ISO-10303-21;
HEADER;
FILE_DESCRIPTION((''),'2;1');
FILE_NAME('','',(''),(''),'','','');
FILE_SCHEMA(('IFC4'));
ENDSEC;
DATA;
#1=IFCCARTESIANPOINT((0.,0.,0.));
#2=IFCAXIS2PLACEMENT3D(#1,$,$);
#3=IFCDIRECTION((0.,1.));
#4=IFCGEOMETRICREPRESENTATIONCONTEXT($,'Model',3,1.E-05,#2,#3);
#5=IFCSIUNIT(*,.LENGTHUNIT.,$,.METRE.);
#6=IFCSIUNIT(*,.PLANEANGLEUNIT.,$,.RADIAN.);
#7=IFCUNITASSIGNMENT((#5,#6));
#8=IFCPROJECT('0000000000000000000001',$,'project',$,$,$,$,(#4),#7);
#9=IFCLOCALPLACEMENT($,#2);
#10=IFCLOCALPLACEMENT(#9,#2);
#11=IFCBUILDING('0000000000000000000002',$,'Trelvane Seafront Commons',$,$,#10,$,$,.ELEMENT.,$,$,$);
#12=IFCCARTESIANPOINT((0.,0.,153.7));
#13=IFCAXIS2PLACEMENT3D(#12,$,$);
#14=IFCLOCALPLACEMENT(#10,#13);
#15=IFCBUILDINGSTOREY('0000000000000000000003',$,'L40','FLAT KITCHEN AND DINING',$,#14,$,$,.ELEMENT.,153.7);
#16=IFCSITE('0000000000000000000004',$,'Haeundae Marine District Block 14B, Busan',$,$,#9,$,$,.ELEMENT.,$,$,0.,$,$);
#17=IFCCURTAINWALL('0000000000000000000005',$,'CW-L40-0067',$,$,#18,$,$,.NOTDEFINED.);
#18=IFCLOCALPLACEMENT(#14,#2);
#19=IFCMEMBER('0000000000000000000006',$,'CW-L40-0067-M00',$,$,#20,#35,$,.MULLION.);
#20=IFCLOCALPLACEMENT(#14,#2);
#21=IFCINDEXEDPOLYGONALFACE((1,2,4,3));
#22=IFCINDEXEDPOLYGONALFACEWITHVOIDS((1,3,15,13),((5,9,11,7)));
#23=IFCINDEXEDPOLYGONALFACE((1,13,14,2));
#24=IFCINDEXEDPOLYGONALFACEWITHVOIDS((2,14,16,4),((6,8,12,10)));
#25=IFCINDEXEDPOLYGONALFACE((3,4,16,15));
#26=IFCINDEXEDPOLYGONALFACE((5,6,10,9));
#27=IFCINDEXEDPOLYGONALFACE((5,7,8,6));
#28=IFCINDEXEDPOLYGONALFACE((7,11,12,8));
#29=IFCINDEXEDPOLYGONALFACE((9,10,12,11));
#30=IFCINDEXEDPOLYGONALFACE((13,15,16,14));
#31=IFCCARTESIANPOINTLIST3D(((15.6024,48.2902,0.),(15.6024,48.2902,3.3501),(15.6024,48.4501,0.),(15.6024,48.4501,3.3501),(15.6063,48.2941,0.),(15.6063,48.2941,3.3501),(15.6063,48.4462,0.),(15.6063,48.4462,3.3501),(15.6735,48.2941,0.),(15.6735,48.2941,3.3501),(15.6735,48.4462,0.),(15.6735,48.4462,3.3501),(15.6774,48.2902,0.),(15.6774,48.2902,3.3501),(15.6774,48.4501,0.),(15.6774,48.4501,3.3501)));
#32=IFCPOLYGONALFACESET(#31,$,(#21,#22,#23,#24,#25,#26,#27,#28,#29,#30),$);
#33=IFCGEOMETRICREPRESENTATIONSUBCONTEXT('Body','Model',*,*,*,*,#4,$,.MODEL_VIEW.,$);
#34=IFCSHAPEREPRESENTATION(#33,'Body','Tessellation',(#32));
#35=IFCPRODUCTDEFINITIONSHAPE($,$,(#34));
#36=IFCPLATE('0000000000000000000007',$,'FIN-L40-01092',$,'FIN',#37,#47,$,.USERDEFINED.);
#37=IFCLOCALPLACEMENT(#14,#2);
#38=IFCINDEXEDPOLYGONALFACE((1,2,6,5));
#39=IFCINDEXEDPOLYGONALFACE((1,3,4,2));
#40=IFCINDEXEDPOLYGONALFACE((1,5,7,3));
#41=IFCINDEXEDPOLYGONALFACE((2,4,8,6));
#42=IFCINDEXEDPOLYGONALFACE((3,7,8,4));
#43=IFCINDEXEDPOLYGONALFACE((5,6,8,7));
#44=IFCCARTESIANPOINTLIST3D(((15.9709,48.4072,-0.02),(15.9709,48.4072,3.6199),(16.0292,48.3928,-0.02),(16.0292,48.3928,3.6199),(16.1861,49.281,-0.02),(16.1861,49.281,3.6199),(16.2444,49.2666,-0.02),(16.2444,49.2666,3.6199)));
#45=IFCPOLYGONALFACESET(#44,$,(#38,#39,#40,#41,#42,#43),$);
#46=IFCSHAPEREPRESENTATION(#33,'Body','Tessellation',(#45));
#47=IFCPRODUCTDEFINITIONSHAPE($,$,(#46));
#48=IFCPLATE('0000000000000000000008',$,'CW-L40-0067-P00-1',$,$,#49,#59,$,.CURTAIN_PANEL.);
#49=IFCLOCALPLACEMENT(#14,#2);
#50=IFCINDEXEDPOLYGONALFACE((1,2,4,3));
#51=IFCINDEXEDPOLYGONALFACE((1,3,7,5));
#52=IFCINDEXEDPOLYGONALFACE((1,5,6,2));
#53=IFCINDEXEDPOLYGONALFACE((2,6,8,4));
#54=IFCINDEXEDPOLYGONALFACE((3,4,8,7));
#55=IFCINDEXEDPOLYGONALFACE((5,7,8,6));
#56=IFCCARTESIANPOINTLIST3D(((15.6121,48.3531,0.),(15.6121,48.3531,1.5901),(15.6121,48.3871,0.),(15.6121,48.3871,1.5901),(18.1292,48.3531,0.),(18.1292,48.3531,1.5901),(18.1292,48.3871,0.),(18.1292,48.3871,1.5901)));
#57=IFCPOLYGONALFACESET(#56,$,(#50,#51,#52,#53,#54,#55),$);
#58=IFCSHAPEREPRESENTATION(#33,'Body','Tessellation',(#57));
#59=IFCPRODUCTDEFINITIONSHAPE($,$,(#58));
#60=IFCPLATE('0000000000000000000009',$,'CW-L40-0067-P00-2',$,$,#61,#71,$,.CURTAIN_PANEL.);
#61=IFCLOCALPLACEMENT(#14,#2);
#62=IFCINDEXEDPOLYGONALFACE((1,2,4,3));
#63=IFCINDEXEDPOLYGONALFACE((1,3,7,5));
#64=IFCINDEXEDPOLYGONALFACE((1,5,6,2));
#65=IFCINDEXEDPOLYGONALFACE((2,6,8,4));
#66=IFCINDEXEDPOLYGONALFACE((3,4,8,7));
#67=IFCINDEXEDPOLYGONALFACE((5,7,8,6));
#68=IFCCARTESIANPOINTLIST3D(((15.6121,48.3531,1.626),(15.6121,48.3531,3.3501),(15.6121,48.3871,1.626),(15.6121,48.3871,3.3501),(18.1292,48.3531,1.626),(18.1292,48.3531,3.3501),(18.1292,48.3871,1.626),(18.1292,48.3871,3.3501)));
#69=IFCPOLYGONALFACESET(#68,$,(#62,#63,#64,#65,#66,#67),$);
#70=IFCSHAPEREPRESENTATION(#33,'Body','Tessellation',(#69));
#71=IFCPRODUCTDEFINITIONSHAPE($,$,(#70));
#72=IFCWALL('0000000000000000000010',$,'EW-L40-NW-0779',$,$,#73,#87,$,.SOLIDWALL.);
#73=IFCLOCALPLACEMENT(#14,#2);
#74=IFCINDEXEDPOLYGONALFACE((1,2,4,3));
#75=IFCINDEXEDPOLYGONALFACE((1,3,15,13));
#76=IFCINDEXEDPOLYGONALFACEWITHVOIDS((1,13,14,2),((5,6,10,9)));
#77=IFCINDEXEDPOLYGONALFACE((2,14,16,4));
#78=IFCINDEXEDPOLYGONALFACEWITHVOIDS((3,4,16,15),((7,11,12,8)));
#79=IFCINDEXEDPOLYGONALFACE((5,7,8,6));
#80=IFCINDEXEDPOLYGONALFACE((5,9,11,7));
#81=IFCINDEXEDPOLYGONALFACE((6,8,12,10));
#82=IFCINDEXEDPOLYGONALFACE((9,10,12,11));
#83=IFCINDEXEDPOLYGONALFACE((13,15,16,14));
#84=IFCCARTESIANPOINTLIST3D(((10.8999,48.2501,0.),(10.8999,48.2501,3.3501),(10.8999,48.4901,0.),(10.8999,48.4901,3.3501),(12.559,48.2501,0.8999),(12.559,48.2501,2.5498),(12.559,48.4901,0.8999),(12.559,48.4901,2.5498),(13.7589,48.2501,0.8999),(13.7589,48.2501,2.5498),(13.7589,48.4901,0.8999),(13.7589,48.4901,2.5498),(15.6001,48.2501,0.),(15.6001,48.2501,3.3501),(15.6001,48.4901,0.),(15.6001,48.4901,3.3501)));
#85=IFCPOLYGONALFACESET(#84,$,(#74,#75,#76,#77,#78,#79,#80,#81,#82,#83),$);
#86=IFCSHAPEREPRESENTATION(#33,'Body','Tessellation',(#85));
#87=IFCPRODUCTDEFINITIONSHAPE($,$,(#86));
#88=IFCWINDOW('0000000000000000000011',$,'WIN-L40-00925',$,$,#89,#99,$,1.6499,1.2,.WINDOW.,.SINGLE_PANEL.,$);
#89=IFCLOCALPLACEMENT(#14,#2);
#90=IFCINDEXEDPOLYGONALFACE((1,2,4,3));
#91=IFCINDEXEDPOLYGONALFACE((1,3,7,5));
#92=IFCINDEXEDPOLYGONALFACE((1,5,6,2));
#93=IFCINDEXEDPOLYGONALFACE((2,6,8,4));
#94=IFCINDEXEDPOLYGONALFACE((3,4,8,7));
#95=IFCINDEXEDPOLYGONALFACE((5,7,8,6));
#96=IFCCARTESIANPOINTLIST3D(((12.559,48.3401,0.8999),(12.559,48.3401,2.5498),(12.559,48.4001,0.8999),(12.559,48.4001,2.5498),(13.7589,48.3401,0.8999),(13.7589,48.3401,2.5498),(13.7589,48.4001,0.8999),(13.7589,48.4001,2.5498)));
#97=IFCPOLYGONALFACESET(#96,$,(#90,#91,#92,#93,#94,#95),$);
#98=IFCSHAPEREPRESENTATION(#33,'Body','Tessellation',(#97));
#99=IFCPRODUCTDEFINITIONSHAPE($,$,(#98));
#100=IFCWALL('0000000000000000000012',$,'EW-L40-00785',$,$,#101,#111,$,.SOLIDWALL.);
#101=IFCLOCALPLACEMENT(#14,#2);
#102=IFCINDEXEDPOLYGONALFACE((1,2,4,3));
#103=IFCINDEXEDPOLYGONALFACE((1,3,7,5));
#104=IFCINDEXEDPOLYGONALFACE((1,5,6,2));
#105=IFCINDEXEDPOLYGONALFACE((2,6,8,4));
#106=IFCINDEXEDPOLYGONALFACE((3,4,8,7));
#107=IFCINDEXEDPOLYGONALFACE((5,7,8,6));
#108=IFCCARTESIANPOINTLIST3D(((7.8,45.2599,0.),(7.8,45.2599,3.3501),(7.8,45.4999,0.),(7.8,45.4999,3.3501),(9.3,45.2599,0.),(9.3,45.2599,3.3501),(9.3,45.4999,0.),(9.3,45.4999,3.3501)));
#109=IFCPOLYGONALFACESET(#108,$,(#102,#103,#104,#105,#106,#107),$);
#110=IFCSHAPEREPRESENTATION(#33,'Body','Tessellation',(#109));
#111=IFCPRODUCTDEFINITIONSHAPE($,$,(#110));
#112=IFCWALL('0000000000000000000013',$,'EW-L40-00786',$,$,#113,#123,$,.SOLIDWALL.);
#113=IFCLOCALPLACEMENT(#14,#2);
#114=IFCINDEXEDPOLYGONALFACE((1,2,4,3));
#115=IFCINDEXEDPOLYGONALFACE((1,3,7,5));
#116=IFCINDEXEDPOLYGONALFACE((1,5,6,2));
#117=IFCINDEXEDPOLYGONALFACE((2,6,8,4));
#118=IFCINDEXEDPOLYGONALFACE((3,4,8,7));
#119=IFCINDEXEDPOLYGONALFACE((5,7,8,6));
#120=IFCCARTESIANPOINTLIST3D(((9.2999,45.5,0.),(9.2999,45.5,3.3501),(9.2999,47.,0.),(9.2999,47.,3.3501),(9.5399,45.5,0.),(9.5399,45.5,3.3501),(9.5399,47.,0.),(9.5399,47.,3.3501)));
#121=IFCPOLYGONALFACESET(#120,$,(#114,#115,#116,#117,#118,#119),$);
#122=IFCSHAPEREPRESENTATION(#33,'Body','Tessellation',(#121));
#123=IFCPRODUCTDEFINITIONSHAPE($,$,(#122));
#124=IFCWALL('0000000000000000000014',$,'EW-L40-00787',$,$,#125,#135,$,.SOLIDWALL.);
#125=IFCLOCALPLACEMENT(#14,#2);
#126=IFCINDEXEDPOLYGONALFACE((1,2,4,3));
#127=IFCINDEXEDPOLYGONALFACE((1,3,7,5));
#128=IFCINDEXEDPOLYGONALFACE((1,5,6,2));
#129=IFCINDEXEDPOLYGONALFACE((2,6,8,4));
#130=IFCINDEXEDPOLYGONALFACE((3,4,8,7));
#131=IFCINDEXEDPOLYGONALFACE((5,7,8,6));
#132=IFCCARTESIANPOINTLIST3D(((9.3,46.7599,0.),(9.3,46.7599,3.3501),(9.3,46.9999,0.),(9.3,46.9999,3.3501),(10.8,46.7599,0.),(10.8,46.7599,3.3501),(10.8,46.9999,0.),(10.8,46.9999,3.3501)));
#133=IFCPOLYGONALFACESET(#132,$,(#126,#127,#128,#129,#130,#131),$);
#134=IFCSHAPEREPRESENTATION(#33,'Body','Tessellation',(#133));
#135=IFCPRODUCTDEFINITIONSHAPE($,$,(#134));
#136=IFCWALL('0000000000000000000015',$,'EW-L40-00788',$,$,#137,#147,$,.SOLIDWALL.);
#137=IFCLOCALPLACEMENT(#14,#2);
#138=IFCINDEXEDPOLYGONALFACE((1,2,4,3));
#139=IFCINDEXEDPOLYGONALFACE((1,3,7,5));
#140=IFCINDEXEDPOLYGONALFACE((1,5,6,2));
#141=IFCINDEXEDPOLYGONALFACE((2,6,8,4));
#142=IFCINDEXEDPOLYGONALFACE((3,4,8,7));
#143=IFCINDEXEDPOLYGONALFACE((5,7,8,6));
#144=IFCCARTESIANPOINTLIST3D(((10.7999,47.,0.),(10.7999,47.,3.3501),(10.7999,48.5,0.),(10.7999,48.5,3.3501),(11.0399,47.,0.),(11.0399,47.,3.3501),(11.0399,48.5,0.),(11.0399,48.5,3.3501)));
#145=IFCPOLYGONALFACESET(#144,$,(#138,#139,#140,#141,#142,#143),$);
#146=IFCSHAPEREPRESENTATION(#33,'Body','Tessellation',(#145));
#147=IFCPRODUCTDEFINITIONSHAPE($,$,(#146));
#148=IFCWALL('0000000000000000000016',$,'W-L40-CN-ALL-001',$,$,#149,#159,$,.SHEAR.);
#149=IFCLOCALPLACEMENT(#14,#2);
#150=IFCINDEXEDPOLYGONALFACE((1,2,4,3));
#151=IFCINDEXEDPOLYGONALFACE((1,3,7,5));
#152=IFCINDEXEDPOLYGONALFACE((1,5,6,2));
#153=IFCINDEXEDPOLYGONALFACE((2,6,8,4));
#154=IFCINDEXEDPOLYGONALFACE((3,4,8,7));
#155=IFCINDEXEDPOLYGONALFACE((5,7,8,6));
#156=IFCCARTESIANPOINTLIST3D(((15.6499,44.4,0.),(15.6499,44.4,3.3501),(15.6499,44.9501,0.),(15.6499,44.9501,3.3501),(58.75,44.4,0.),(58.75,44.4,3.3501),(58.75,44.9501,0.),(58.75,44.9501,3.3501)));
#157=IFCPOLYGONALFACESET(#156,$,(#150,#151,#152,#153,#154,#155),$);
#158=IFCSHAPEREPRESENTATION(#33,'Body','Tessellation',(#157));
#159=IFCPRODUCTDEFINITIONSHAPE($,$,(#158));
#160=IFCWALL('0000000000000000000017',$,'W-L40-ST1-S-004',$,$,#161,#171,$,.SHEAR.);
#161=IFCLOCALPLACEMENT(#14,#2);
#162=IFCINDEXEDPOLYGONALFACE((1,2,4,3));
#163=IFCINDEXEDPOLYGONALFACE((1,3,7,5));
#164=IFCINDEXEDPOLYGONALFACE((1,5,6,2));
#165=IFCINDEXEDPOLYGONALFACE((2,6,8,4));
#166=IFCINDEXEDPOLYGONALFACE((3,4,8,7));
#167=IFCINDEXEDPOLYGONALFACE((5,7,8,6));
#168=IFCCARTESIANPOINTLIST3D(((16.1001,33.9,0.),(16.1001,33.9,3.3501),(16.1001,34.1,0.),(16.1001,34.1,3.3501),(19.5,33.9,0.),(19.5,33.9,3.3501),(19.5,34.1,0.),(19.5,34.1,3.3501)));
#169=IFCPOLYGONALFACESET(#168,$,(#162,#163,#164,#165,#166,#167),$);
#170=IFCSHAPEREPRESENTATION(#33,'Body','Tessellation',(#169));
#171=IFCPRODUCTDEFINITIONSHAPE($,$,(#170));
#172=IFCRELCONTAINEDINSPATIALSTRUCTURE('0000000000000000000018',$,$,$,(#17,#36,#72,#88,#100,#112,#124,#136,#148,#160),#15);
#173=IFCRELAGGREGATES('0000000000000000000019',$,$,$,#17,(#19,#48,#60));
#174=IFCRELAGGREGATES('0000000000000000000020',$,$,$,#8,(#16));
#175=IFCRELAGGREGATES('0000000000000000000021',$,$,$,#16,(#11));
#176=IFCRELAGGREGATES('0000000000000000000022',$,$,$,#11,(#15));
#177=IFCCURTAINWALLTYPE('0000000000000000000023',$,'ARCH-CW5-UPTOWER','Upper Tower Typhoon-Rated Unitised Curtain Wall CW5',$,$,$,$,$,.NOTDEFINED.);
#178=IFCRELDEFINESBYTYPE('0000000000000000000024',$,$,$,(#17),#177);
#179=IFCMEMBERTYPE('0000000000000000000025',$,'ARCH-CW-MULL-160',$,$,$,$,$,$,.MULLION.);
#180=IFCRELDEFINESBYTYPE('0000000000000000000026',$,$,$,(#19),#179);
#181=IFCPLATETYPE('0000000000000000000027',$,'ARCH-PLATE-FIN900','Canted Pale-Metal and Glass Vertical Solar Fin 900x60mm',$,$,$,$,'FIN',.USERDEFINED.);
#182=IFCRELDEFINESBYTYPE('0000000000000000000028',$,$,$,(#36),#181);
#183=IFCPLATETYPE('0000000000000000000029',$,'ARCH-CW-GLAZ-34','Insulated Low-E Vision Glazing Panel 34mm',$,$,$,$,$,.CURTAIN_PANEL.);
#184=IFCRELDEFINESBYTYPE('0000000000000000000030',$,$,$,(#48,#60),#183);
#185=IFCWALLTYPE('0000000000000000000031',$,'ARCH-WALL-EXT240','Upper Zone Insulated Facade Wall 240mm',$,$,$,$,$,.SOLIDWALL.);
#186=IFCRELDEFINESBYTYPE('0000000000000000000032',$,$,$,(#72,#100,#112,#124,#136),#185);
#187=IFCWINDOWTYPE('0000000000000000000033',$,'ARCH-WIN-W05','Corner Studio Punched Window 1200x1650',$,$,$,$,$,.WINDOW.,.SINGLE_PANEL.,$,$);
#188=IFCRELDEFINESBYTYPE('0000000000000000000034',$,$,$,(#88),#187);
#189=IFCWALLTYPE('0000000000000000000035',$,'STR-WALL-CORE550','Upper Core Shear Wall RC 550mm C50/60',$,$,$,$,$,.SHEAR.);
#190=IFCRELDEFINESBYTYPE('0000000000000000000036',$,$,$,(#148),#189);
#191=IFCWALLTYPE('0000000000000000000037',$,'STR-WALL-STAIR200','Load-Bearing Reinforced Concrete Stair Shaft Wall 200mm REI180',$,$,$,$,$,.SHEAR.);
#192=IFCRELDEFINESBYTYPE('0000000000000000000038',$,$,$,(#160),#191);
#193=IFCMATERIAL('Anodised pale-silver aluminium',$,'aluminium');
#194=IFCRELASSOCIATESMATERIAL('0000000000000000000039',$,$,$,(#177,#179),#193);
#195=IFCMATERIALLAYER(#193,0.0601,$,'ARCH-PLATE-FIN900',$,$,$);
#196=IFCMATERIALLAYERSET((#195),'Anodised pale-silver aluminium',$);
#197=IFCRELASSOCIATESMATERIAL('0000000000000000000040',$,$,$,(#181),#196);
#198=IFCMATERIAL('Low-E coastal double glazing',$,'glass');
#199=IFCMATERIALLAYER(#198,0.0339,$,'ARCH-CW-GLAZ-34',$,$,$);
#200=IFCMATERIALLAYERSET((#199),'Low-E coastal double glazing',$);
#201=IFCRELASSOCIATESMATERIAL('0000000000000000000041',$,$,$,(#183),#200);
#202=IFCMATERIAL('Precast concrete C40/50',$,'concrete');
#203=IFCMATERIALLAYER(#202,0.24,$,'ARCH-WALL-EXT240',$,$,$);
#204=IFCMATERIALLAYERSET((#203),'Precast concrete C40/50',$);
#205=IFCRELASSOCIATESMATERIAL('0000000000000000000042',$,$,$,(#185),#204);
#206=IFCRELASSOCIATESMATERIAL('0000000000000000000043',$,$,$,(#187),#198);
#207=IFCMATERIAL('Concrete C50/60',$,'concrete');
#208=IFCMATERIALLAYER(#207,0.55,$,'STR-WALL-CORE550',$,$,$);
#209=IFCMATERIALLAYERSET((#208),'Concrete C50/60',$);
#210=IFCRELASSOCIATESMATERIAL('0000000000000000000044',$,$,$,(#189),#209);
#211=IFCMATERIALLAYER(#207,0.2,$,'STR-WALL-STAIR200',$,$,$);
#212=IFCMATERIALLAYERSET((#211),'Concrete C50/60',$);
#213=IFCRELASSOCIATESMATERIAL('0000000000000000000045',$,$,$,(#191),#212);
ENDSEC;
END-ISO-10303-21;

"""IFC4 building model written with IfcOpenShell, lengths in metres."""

from ifc_helpers import new_model, si_unit, direction, frame, frame_2d, origin, origin_2d, place, context, subcontext, project, spatial, rectangle, hollow_rectangle, extrude, source, transform, mapped, material, layer, layer_set, material_profile, profile_set, type_object, element, fill, aggregate, save


model = new_model("IFC4")

# Units and contexts
model_context = context("Model", 3, precision=1e-05, world=origin(), true_north=direction((0.0, 1.0)))
body_context = subcontext(model_context, "Body", "Model", "MODEL_VIEW")
ifc_project = project(units=[si_unit("LENGTHUNIT", "METRE"), si_unit("PLANEANGLEUNIT", "RADIAN")], contexts=[model_context])

# Site, building, storey
site_placement = place(None, origin())
site = spatial("IfcSite", under=ifc_project, at=site_placement, Name="Haeundae Marine District Block 14B, Busan", CompositionType="ELEMENT", RefElevation=0.0)
building_placement = place(site_placement, origin())
building = spatial("IfcBuilding", under=site, at=building_placement, Name="Trelvane Seafront Commons", CompositionType="ELEMENT")
storey_placement = place(building_placement, frame((0.0, 0.0, 153.7)))
storey = spatial("IfcBuildingStorey", under=building, at=storey_placement, Name="L40", Description="FLAT KITCHEN AND DINING", CompositionType="ELEMENT", Elevation=153.7)

# Shared definitions
ifc_material_1 = material(Name="Concrete C50/60", Category="concrete")

# Curtain wall, member
ifc_material_2 = material(Name="Anodised pale-silver aluminium", Category="aluminium")
curtain_wall_type = type_object("IfcCurtainWallType", Name="ARCH-CW5-UPTOWER", Description="Upper Tower Typhoon-Rated Unitised Curtain Wall CW5", PredefinedType="NOTDEFINED", material=ifc_material_2)
curtain_wall_placement = place(storey_placement, origin())
curtain_wall = element("IfcCurtainWall", 1, at=curtain_wall_placement, inside=storey, type_object=curtain_wall_type, Name="CW-L40-0067", PredefinedType="NOTDEFINED")
ifc_material_profile_1 = material_profile(ifc_material_2, hollow_rectangle(XDim=0.075, YDim=0.1599, WallThickness=0.0039, at=origin_2d()), Name="MULL-75x160x4")
ifc_profile_set_1 = profile_set([ifc_material_profile_1], Name="Anodised pale-silver aluminium")
member_type_1 = type_object("IfcMemberType", Name="ARCH-CW-MULL-160", PredefinedType="MULLION", material=ifc_profile_set_1)
shared_shape_1 = source(origin(), body_context, "Body", "SweptSolid", [
    extrude(hollow_rectangle(XDim=0.075, YDim=0.1599, WallThickness=0.0039, at=origin_2d()), origin(), (0.0, 0.0, 1.0), 3.3501),
])
member_1_placement = place(storey_placement, frame((15.6399, 48.3701, 0.0), z_axis=(0.0, 0.0, 1.0), x_axis=(1.0, 0.0, 0.0)))
member_1 = element("IfcMember", 2, at=member_1_placement, type_object=member_type_1, Name="CW-L40-0067-M00", PredefinedType="MULLION", context=body_context, shape_type="MappedRepresentation", body=[
    mapped(shared_shape_1, transform((0.0, 0.0, 0.0), x_axis=(1.0, 0.0, 0.0), y_axis=(0.0, 1.0, 0.0), z_axis=(0.0, 0.0, 1.0), scale=1.0)),
])

# Plates
ifc_layer_1 = layer(ifc_material_2, 0.0601, Name="ARCH-PLATE-FIN900")
ifc_layer_set_1 = layer_set([ifc_layer_1], Name="Anodised pale-silver aluminium")
plate_type_1 = type_object("IfcPlateType", Name="ARCH-PLATE-FIN900", Description="Canted Pale-Metal and Glass Vertical Solar Fin 900x60mm", ElementType="FIN", PredefinedType="USERDEFINED", material=ifc_layer_set_1)
shared_shape_2 = source(origin(), body_context, "Body", "SweptSolid", [
    extrude(rectangle(XDim=0.8999, YDim=0.0601, at=origin_2d()), origin(), (0.0, 0.0, 1.0), 3.6399),
])
plate_1_placement = place(storey_placement, frame((16.1077, 48.8369, -0.02), z_axis=(0.0, 0.0, 1.0), x_axis=(0.23911, 0.970993, 0.0)))
element("IfcPlate", 3, at=plate_1_placement, inside=storey, type_object=plate_type_1, Name="FIN-L40-01092", ObjectType="FIN", PredefinedType="USERDEFINED", context=body_context, shape_type="MappedRepresentation", body=[
    mapped(shared_shape_2, transform((0.0, 0.0, 0.0), x_axis=(1.0, 0.0, 0.0), y_axis=(0.0, 1.0, 0.0), z_axis=(0.0, 0.0, 1.0), scale=1.0)),
])
ifc_material_3 = material(Name="Low-E coastal double glazing", Category="glass")
ifc_layer_2 = layer(ifc_material_3, 0.0339, Name="ARCH-CW-GLAZ-34")
ifc_layer_set_2 = layer_set([ifc_layer_2], Name="Low-E coastal double glazing")
plate_type_2 = type_object("IfcPlateType", Name="ARCH-CW-GLAZ-34", Description="Insulated Low-E Vision Glazing Panel 34mm", PredefinedType="CURTAIN_PANEL", material=ifc_layer_set_2)
shared_shape_3 = source(origin(), body_context, "Body", "SweptSolid", [
    extrude(rectangle(XDim=2.5171, YDim=0.0339, at=origin_2d()), origin(), (0.0, 0.0, 1.0), 1.5901),
])
plate_2_placement = place(storey_placement, frame((16.8706, 48.3701, 0.0), z_axis=(0.0, 0.0, 1.0), x_axis=(1.0, 0.0, 0.0)))
plate_2 = element("IfcPlate", 4, at=plate_2_placement, type_object=plate_type_2, Name="CW-L40-0067-P00-1", PredefinedType="CURTAIN_PANEL", context=body_context, shape_type="MappedRepresentation", body=[
    mapped(shared_shape_3, transform((0.0, 0.0, 0.0), x_axis=(1.0, 0.0, 0.0), y_axis=(0.0, 1.0, 0.0), z_axis=(0.0, 0.0, 1.0), scale=1.0)),
])
shared_shape_4 = source(origin(), body_context, "Body", "SweptSolid", [
    extrude(rectangle(XDim=2.5171, YDim=0.0339, at=origin_2d()), origin(), (0.0, 0.0, 1.0), 1.7241),
])
plate_3_placement = place(storey_placement, frame((16.8706, 48.3701, 1.626), z_axis=(0.0, 0.0, 1.0), x_axis=(1.0, 0.0, 0.0)))
plate_3 = element("IfcPlate", 5, at=plate_3_placement, type_object=plate_type_2, Name="CW-L40-0067-P00-2", PredefinedType="CURTAIN_PANEL", context=body_context, shape_type="MappedRepresentation", body=[
    mapped(shared_shape_4, transform((0.0, 0.0, 0.0), x_axis=(1.0, 0.0, 0.0), y_axis=(0.0, 1.0, 0.0), z_axis=(0.0, 0.0, 1.0), scale=1.0)),
])
aggregate(curtain_wall, [member_1, plate_2, plate_3])

# Wall, opening, window
ifc_material_4 = material(Name="Precast concrete C40/50", Category="concrete")
ifc_layer_3 = layer(ifc_material_4, 0.24, Name="ARCH-WALL-EXT240")
ifc_layer_set_3 = layer_set([ifc_layer_3], Name="Precast concrete C40/50")
wall_type_1 = type_object("IfcWallType", Name="ARCH-WALL-EXT240", Description="Upper Zone Insulated Facade Wall 240mm", PredefinedType="SOLIDWALL", material=ifc_layer_set_3)
wall_1_placement = place(storey_placement, frame((10.8999, 48.3701, 0.0), z_axis=(0.0, 0.0, 1.0), x_axis=(1.0, 0.0, 0.0)))
wall_1 = element("IfcWall", 6, at=wall_1_placement, inside=storey, type_object=wall_type_1, Name="EW-L40-NW-0779", PredefinedType="SOLIDWALL", context=body_context, shape_type="SweptSolid", body=[
    extrude(rectangle(XDim=4.7002, YDim=0.24, at=frame_2d((2.3501, 0.0))), origin(), (0.0, 0.0, 1.0), 3.3501),
])
opening_1_placement = place(wall_1_placement, frame((1.6589, 0.0, 0.8999)))
opening_1 = element("IfcOpeningElement", 7, at=opening_1_placement, cuts=wall_1, PredefinedType="OPENING", context=body_context, shape_type="SweptSolid", body=[
    extrude(rectangle(XDim=1.2, YDim=1.6499, at=frame_2d((0.6001, 0.825))), frame((0.0, 0.1299, 0.0), z_axis=(0.0, -1.0, 0.0), x_axis=(1.0, 0.0, 0.0)), (0.0, 0.0, 1.0), 0.26),
])
window_type = type_object("IfcWindowType", Name="ARCH-WIN-W05", Description="Corner Studio Punched Window 1200x1650", PartitioningType="SINGLE_PANEL", PredefinedType="WINDOW", material=ifc_material_3)
shared_shape_5 = source(origin(), body_context, "Body", "SweptSolid", [
    extrude(rectangle(XDim=1.2, YDim=1.6499, at=frame_2d((0.6001, 0.825))), frame((0.0, 0.03, 0.0), z_axis=(0.0, -1.0, 0.0), x_axis=(1.0, 0.0, 0.0)), (0.0, 0.0, 1.0), 0.0601),
])
window_placement = place(opening_1_placement, origin())
window = element("IfcWindow", 8, at=window_placement, inside=storey, type_object=window_type, Name="WIN-L40-00925", OverallHeight=1.6499, OverallWidth=1.2, PartitioningType="SINGLE_PANEL", PredefinedType="WINDOW", context=body_context, shape_type="MappedRepresentation", body=[
    mapped(shared_shape_5, transform((0.0, 0.0, 0.0), x_axis=(1.0, 0.0, 0.0), y_axis=(0.0, 1.0, 0.0), z_axis=(0.0, 0.0, 1.0), scale=1.0)),
])
fill(opening_1, window)

# Walls
for number, where, z_axis, x_axis, name in (
    (9, (7.8, 45.3799, 0.0), (0.0, 0.0, 1.0), (1.0, 0.0, 0.0), "EW-L40-00785"),
    (10, (9.4199, 45.5, 0.0), (0.0, 0.0, 1.0), (0.0, 1.0, 0.0), "EW-L40-00786"),
    (11, (9.3, 46.8799, 0.0), (0.0, 0.0, 1.0), (1.0, 0.0, 0.0), "EW-L40-00787"),
    (12, (10.9199, 47.0, 0.0), (0.0, 0.0, 1.0), (0.0, 1.0, 0.0), "EW-L40-00788"),
):
    element("IfcWall", number, at=place(storey_placement, frame(where, z_axis=z_axis, x_axis=x_axis)), inside=storey, type_object=wall_type_1, Name=name, PredefinedType="SOLIDWALL", context=body_context, shape_type="SweptSolid", body=[
        extrude(rectangle(XDim=1.5, YDim=0.24, at=frame_2d((0.75, 0.0))), origin(), (0.0, 0.0, 1.0), 3.3501),
    ])

# Walls
ifc_layer_4 = layer(ifc_material_1, 0.55, Name="STR-WALL-CORE550")
ifc_layer_set_4 = layer_set([ifc_layer_4], Name="Concrete C50/60")
wall_type_2 = type_object("IfcWallType", Name="STR-WALL-CORE550", Description="Upper Core Shear Wall RC 550mm C50/60", PredefinedType="SHEAR", material=ifc_layer_set_4)
wall_2_placement = place(storey_placement, frame((15.6499, 44.675, 0.0), z_axis=(0.0, 0.0, 1.0), x_axis=(1.0, 0.0, 0.0)))
element("IfcWall", 13, at=wall_2_placement, inside=storey, type_object=wall_type_2, Name="W-L40-CN-ALL-001", PredefinedType="SHEAR", context=body_context, shape_type="SweptSolid", body=[
    extrude(rectangle(XDim=43.1001, YDim=0.55, at=frame_2d((21.55, 0.0))), origin(), (0.0, 0.0, 1.0), 3.3501),
])
ifc_layer_5 = layer(ifc_material_1, 0.2, Name="STR-WALL-STAIR200")
ifc_layer_set_5 = layer_set([ifc_layer_5], Name="Concrete C50/60")
wall_type_3 = type_object("IfcWallType", Name="STR-WALL-STAIR200", Description="Load-Bearing Reinforced Concrete Stair Shaft Wall 200mm REI180", PredefinedType="SHEAR", material=ifc_layer_set_5)
wall_3_placement = place(storey_placement, frame((16.1001, 34.0, 0.0), z_axis=(0.0, 0.0, 1.0), x_axis=(1.0, 0.0, 0.0)))
element("IfcWall", 14, at=wall_3_placement, inside=storey, type_object=wall_type_3, Name="W-L40-ST1-S-004", PredefinedType="SHEAR", context=body_context, shape_type="SweptSolid", body=[
    extrude(rectangle(XDim=3.3999, YDim=0.2, at=frame_2d((1.7, 0.0))), origin(), (0.0, 0.0, 1.0), 3.3501),
])

save(model, "model.ifc")
